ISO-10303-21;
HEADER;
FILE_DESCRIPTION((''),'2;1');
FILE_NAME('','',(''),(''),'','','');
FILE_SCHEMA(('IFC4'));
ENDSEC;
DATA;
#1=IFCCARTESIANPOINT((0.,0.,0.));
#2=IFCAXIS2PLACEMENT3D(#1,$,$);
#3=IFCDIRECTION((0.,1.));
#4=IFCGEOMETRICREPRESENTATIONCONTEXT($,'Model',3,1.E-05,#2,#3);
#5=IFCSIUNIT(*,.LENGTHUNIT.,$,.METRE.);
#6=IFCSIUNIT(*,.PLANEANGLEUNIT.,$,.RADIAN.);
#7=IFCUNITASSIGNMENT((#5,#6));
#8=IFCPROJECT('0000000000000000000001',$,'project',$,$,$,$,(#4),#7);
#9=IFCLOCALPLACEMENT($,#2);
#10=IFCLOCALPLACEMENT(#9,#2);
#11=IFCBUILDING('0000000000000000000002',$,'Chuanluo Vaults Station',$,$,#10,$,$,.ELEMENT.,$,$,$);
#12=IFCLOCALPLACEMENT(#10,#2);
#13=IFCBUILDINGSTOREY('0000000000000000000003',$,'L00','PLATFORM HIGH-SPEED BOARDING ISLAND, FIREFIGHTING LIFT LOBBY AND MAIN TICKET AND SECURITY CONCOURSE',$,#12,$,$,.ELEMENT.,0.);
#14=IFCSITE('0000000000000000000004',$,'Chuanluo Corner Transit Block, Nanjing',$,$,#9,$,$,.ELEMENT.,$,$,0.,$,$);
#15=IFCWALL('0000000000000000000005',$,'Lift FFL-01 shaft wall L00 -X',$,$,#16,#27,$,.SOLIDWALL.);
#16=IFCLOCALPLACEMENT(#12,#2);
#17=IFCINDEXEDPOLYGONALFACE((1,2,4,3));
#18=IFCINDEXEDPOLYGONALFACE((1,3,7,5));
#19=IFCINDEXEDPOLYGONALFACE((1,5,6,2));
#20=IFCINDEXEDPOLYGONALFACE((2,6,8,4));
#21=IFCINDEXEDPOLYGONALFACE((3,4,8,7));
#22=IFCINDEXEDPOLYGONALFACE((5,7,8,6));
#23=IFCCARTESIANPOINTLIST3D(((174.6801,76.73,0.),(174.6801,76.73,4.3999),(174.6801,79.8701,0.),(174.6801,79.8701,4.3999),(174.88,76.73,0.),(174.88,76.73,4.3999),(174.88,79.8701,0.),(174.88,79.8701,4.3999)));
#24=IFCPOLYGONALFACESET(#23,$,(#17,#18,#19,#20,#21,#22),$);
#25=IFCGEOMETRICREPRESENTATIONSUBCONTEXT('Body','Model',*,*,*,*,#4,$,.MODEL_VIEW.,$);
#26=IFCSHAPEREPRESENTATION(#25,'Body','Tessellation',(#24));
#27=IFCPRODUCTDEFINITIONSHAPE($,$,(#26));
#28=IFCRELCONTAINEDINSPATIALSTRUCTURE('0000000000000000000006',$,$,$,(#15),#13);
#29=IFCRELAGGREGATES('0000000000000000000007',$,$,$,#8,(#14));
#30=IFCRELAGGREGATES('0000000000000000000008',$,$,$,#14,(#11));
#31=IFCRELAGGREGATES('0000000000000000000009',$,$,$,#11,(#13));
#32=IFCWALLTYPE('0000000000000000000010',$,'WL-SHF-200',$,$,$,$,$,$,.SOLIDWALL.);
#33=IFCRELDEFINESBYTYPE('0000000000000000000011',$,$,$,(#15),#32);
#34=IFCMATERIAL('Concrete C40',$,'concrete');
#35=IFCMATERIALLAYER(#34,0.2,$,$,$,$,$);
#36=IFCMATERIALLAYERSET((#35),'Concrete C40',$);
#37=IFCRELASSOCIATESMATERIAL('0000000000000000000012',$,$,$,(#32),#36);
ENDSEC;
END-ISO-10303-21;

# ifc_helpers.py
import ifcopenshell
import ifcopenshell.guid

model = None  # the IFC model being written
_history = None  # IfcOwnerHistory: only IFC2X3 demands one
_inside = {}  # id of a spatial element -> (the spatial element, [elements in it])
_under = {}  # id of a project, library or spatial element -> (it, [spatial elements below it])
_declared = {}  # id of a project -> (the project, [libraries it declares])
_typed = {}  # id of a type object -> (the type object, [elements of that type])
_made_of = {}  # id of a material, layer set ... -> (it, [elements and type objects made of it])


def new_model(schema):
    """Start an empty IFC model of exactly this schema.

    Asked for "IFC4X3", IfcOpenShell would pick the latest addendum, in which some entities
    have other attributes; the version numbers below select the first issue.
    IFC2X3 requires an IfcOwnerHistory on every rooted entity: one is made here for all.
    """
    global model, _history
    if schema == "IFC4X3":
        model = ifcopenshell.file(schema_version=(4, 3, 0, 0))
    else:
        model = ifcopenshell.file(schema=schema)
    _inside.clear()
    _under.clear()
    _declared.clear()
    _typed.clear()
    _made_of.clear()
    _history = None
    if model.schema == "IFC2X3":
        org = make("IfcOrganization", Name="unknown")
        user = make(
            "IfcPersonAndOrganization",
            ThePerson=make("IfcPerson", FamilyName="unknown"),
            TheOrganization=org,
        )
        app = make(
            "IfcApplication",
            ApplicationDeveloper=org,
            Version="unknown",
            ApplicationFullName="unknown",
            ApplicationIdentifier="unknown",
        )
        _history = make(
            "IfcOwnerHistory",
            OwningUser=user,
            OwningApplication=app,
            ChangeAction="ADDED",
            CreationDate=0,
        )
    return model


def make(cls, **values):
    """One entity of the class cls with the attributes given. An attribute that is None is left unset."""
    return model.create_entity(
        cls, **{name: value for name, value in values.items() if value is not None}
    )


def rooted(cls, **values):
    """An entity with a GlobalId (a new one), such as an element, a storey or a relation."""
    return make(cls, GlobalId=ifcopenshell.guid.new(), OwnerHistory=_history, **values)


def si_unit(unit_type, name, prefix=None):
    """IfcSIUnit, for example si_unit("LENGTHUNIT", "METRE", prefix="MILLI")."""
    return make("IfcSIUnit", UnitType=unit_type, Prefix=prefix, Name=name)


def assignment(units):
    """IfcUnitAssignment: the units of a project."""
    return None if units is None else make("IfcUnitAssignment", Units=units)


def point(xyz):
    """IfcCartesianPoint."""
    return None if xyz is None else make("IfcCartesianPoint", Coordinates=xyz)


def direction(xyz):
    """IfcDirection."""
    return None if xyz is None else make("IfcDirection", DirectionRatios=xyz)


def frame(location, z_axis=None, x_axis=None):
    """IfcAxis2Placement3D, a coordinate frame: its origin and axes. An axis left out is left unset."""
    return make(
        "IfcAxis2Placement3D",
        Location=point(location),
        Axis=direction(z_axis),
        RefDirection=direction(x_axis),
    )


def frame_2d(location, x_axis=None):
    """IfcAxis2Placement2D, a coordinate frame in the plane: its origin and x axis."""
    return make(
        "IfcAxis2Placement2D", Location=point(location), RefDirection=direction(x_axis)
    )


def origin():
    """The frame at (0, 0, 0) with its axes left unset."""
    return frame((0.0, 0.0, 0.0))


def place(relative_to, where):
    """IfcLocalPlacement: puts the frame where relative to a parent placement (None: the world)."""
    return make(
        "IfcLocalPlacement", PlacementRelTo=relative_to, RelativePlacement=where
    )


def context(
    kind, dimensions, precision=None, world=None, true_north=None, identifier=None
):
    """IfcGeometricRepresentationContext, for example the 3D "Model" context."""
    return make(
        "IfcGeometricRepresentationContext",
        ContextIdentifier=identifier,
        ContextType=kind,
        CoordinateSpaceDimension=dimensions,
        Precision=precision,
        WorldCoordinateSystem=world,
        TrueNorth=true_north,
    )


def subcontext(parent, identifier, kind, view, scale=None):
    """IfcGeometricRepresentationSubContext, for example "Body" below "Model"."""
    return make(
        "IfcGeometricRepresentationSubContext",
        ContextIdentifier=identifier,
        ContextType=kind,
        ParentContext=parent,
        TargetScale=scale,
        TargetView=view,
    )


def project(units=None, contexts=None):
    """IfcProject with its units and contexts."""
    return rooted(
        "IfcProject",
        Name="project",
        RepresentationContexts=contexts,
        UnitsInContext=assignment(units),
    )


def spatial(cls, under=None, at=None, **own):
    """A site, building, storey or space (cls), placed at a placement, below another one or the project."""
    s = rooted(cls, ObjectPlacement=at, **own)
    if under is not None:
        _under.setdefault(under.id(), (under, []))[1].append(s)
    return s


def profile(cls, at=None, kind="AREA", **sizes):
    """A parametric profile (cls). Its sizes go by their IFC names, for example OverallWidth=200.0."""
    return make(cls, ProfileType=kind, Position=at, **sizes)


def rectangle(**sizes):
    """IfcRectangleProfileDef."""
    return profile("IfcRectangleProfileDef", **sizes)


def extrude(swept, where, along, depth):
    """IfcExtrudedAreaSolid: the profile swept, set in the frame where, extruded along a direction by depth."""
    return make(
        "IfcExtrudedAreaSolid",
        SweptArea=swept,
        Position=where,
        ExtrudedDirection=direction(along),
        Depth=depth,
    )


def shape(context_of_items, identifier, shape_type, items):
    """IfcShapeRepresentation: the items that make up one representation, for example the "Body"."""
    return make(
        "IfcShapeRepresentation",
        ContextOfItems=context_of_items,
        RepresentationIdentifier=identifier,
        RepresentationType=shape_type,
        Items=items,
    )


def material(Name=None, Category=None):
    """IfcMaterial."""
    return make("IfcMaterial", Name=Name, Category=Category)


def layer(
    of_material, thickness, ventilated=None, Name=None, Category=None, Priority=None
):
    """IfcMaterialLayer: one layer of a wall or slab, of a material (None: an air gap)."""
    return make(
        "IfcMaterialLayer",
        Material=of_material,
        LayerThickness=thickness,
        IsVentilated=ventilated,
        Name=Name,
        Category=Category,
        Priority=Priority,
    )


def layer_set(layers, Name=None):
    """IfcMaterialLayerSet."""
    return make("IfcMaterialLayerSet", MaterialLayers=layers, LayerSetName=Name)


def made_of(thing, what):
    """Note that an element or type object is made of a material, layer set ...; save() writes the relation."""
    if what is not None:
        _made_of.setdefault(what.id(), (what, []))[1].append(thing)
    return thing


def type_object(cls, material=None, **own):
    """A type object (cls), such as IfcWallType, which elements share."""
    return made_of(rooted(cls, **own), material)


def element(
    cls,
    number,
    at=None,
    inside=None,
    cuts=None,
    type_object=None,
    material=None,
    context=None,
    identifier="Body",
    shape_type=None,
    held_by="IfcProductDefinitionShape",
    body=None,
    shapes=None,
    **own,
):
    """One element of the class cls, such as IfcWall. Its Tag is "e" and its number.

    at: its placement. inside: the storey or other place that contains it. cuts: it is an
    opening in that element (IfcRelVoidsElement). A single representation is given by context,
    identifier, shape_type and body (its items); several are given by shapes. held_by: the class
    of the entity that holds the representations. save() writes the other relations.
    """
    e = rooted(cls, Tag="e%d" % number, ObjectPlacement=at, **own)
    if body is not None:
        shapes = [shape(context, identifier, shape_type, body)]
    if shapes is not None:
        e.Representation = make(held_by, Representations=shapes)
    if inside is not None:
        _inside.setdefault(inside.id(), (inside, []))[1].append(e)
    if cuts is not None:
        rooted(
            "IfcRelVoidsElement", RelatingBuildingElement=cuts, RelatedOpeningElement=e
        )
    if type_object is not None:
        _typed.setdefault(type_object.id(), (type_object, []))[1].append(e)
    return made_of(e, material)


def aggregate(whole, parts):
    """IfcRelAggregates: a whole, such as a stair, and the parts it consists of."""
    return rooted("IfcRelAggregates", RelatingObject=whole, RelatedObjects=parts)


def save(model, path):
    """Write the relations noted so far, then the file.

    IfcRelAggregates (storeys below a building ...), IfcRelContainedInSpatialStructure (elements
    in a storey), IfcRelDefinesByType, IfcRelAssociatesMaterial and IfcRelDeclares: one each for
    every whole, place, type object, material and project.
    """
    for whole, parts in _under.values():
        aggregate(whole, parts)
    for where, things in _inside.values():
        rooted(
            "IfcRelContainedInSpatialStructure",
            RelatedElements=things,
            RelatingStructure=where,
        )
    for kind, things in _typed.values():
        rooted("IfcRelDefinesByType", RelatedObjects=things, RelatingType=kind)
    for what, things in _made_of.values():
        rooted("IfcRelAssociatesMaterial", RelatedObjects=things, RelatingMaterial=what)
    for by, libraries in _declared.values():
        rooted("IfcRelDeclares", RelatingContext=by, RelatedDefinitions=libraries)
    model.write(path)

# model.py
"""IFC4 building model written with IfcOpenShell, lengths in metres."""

from ifc_helpers import new_model, si_unit, direction, frame, frame_2d, origin, place, context, subcontext, project, spatial, rectangle, extrude, material, layer, layer_set, type_object, element, save


model = new_model("IFC4")

# Units and contexts
model_context = context("Model", 3, precision=1e-05, world=origin(), true_north=direction((0.0, 1.0)))
body_context = subcontext(model_context, "Body", "Model", "MODEL_VIEW")
ifc_project = project(units=[si_unit("LENGTHUNIT", "METRE"), si_unit("PLANEANGLEUNIT", "RADIAN")], contexts=[model_context])

# Site, building, storey
site_placement = place(None, origin())
site = spatial("IfcSite", under=ifc_project, at=site_placement, Name="Chuanluo Corner Transit Block, Nanjing", CompositionType="ELEMENT", RefElevation=0.0)
building_placement = place(site_placement, origin())
building = spatial("IfcBuilding", under=site, at=building_placement, Name="Chuanluo Vaults Station", CompositionType="ELEMENT")
storey_placement = place(building_placement, origin())
storey = spatial("IfcBuildingStorey", under=building, at=storey_placement, Name="L00", Description="PLATFORM HIGH-SPEED BOARDING ISLAND, FIREFIGHTING LIFT LOBBY AND MAIN TICKET AND SECURITY CONCOURSE", CompositionType="ELEMENT", Elevation=0.0)

# Wall
ifc_material_1 = material(Name="Concrete C40", Category="concrete")
ifc_layer_1 = layer(ifc_material_1, 0.2)
ifc_layer_set_1 = layer_set([ifc_layer_1], Name="Concrete C40")
wall_type_1 = type_object("IfcWallType", Name="WL-SHF-200", PredefinedType="SOLIDWALL", material=ifc_layer_set_1)
wall_1_placement = place(storey_placement, frame((174.78, 79.8701, 0.0), z_axis=(0.0, 0.0, 1.0), x_axis=(0.0, -1.0, 0.0)))
element("IfcWall", 1, at=wall_1_placement, inside=storey, type_object=wall_type_1, Name="Lift FFL-01 shaft wall L00 -X", PredefinedType="SOLIDWALL", context=body_context, shape_type="SweptSolid", body=[
    extrude(rectangle(XDim=3.1401, YDim=0.2, at=frame_2d((1.5701, 0.0))), origin(), (0.0, 0.0, 1.0), 4.3999),
])

save(model, "model.ifc")
